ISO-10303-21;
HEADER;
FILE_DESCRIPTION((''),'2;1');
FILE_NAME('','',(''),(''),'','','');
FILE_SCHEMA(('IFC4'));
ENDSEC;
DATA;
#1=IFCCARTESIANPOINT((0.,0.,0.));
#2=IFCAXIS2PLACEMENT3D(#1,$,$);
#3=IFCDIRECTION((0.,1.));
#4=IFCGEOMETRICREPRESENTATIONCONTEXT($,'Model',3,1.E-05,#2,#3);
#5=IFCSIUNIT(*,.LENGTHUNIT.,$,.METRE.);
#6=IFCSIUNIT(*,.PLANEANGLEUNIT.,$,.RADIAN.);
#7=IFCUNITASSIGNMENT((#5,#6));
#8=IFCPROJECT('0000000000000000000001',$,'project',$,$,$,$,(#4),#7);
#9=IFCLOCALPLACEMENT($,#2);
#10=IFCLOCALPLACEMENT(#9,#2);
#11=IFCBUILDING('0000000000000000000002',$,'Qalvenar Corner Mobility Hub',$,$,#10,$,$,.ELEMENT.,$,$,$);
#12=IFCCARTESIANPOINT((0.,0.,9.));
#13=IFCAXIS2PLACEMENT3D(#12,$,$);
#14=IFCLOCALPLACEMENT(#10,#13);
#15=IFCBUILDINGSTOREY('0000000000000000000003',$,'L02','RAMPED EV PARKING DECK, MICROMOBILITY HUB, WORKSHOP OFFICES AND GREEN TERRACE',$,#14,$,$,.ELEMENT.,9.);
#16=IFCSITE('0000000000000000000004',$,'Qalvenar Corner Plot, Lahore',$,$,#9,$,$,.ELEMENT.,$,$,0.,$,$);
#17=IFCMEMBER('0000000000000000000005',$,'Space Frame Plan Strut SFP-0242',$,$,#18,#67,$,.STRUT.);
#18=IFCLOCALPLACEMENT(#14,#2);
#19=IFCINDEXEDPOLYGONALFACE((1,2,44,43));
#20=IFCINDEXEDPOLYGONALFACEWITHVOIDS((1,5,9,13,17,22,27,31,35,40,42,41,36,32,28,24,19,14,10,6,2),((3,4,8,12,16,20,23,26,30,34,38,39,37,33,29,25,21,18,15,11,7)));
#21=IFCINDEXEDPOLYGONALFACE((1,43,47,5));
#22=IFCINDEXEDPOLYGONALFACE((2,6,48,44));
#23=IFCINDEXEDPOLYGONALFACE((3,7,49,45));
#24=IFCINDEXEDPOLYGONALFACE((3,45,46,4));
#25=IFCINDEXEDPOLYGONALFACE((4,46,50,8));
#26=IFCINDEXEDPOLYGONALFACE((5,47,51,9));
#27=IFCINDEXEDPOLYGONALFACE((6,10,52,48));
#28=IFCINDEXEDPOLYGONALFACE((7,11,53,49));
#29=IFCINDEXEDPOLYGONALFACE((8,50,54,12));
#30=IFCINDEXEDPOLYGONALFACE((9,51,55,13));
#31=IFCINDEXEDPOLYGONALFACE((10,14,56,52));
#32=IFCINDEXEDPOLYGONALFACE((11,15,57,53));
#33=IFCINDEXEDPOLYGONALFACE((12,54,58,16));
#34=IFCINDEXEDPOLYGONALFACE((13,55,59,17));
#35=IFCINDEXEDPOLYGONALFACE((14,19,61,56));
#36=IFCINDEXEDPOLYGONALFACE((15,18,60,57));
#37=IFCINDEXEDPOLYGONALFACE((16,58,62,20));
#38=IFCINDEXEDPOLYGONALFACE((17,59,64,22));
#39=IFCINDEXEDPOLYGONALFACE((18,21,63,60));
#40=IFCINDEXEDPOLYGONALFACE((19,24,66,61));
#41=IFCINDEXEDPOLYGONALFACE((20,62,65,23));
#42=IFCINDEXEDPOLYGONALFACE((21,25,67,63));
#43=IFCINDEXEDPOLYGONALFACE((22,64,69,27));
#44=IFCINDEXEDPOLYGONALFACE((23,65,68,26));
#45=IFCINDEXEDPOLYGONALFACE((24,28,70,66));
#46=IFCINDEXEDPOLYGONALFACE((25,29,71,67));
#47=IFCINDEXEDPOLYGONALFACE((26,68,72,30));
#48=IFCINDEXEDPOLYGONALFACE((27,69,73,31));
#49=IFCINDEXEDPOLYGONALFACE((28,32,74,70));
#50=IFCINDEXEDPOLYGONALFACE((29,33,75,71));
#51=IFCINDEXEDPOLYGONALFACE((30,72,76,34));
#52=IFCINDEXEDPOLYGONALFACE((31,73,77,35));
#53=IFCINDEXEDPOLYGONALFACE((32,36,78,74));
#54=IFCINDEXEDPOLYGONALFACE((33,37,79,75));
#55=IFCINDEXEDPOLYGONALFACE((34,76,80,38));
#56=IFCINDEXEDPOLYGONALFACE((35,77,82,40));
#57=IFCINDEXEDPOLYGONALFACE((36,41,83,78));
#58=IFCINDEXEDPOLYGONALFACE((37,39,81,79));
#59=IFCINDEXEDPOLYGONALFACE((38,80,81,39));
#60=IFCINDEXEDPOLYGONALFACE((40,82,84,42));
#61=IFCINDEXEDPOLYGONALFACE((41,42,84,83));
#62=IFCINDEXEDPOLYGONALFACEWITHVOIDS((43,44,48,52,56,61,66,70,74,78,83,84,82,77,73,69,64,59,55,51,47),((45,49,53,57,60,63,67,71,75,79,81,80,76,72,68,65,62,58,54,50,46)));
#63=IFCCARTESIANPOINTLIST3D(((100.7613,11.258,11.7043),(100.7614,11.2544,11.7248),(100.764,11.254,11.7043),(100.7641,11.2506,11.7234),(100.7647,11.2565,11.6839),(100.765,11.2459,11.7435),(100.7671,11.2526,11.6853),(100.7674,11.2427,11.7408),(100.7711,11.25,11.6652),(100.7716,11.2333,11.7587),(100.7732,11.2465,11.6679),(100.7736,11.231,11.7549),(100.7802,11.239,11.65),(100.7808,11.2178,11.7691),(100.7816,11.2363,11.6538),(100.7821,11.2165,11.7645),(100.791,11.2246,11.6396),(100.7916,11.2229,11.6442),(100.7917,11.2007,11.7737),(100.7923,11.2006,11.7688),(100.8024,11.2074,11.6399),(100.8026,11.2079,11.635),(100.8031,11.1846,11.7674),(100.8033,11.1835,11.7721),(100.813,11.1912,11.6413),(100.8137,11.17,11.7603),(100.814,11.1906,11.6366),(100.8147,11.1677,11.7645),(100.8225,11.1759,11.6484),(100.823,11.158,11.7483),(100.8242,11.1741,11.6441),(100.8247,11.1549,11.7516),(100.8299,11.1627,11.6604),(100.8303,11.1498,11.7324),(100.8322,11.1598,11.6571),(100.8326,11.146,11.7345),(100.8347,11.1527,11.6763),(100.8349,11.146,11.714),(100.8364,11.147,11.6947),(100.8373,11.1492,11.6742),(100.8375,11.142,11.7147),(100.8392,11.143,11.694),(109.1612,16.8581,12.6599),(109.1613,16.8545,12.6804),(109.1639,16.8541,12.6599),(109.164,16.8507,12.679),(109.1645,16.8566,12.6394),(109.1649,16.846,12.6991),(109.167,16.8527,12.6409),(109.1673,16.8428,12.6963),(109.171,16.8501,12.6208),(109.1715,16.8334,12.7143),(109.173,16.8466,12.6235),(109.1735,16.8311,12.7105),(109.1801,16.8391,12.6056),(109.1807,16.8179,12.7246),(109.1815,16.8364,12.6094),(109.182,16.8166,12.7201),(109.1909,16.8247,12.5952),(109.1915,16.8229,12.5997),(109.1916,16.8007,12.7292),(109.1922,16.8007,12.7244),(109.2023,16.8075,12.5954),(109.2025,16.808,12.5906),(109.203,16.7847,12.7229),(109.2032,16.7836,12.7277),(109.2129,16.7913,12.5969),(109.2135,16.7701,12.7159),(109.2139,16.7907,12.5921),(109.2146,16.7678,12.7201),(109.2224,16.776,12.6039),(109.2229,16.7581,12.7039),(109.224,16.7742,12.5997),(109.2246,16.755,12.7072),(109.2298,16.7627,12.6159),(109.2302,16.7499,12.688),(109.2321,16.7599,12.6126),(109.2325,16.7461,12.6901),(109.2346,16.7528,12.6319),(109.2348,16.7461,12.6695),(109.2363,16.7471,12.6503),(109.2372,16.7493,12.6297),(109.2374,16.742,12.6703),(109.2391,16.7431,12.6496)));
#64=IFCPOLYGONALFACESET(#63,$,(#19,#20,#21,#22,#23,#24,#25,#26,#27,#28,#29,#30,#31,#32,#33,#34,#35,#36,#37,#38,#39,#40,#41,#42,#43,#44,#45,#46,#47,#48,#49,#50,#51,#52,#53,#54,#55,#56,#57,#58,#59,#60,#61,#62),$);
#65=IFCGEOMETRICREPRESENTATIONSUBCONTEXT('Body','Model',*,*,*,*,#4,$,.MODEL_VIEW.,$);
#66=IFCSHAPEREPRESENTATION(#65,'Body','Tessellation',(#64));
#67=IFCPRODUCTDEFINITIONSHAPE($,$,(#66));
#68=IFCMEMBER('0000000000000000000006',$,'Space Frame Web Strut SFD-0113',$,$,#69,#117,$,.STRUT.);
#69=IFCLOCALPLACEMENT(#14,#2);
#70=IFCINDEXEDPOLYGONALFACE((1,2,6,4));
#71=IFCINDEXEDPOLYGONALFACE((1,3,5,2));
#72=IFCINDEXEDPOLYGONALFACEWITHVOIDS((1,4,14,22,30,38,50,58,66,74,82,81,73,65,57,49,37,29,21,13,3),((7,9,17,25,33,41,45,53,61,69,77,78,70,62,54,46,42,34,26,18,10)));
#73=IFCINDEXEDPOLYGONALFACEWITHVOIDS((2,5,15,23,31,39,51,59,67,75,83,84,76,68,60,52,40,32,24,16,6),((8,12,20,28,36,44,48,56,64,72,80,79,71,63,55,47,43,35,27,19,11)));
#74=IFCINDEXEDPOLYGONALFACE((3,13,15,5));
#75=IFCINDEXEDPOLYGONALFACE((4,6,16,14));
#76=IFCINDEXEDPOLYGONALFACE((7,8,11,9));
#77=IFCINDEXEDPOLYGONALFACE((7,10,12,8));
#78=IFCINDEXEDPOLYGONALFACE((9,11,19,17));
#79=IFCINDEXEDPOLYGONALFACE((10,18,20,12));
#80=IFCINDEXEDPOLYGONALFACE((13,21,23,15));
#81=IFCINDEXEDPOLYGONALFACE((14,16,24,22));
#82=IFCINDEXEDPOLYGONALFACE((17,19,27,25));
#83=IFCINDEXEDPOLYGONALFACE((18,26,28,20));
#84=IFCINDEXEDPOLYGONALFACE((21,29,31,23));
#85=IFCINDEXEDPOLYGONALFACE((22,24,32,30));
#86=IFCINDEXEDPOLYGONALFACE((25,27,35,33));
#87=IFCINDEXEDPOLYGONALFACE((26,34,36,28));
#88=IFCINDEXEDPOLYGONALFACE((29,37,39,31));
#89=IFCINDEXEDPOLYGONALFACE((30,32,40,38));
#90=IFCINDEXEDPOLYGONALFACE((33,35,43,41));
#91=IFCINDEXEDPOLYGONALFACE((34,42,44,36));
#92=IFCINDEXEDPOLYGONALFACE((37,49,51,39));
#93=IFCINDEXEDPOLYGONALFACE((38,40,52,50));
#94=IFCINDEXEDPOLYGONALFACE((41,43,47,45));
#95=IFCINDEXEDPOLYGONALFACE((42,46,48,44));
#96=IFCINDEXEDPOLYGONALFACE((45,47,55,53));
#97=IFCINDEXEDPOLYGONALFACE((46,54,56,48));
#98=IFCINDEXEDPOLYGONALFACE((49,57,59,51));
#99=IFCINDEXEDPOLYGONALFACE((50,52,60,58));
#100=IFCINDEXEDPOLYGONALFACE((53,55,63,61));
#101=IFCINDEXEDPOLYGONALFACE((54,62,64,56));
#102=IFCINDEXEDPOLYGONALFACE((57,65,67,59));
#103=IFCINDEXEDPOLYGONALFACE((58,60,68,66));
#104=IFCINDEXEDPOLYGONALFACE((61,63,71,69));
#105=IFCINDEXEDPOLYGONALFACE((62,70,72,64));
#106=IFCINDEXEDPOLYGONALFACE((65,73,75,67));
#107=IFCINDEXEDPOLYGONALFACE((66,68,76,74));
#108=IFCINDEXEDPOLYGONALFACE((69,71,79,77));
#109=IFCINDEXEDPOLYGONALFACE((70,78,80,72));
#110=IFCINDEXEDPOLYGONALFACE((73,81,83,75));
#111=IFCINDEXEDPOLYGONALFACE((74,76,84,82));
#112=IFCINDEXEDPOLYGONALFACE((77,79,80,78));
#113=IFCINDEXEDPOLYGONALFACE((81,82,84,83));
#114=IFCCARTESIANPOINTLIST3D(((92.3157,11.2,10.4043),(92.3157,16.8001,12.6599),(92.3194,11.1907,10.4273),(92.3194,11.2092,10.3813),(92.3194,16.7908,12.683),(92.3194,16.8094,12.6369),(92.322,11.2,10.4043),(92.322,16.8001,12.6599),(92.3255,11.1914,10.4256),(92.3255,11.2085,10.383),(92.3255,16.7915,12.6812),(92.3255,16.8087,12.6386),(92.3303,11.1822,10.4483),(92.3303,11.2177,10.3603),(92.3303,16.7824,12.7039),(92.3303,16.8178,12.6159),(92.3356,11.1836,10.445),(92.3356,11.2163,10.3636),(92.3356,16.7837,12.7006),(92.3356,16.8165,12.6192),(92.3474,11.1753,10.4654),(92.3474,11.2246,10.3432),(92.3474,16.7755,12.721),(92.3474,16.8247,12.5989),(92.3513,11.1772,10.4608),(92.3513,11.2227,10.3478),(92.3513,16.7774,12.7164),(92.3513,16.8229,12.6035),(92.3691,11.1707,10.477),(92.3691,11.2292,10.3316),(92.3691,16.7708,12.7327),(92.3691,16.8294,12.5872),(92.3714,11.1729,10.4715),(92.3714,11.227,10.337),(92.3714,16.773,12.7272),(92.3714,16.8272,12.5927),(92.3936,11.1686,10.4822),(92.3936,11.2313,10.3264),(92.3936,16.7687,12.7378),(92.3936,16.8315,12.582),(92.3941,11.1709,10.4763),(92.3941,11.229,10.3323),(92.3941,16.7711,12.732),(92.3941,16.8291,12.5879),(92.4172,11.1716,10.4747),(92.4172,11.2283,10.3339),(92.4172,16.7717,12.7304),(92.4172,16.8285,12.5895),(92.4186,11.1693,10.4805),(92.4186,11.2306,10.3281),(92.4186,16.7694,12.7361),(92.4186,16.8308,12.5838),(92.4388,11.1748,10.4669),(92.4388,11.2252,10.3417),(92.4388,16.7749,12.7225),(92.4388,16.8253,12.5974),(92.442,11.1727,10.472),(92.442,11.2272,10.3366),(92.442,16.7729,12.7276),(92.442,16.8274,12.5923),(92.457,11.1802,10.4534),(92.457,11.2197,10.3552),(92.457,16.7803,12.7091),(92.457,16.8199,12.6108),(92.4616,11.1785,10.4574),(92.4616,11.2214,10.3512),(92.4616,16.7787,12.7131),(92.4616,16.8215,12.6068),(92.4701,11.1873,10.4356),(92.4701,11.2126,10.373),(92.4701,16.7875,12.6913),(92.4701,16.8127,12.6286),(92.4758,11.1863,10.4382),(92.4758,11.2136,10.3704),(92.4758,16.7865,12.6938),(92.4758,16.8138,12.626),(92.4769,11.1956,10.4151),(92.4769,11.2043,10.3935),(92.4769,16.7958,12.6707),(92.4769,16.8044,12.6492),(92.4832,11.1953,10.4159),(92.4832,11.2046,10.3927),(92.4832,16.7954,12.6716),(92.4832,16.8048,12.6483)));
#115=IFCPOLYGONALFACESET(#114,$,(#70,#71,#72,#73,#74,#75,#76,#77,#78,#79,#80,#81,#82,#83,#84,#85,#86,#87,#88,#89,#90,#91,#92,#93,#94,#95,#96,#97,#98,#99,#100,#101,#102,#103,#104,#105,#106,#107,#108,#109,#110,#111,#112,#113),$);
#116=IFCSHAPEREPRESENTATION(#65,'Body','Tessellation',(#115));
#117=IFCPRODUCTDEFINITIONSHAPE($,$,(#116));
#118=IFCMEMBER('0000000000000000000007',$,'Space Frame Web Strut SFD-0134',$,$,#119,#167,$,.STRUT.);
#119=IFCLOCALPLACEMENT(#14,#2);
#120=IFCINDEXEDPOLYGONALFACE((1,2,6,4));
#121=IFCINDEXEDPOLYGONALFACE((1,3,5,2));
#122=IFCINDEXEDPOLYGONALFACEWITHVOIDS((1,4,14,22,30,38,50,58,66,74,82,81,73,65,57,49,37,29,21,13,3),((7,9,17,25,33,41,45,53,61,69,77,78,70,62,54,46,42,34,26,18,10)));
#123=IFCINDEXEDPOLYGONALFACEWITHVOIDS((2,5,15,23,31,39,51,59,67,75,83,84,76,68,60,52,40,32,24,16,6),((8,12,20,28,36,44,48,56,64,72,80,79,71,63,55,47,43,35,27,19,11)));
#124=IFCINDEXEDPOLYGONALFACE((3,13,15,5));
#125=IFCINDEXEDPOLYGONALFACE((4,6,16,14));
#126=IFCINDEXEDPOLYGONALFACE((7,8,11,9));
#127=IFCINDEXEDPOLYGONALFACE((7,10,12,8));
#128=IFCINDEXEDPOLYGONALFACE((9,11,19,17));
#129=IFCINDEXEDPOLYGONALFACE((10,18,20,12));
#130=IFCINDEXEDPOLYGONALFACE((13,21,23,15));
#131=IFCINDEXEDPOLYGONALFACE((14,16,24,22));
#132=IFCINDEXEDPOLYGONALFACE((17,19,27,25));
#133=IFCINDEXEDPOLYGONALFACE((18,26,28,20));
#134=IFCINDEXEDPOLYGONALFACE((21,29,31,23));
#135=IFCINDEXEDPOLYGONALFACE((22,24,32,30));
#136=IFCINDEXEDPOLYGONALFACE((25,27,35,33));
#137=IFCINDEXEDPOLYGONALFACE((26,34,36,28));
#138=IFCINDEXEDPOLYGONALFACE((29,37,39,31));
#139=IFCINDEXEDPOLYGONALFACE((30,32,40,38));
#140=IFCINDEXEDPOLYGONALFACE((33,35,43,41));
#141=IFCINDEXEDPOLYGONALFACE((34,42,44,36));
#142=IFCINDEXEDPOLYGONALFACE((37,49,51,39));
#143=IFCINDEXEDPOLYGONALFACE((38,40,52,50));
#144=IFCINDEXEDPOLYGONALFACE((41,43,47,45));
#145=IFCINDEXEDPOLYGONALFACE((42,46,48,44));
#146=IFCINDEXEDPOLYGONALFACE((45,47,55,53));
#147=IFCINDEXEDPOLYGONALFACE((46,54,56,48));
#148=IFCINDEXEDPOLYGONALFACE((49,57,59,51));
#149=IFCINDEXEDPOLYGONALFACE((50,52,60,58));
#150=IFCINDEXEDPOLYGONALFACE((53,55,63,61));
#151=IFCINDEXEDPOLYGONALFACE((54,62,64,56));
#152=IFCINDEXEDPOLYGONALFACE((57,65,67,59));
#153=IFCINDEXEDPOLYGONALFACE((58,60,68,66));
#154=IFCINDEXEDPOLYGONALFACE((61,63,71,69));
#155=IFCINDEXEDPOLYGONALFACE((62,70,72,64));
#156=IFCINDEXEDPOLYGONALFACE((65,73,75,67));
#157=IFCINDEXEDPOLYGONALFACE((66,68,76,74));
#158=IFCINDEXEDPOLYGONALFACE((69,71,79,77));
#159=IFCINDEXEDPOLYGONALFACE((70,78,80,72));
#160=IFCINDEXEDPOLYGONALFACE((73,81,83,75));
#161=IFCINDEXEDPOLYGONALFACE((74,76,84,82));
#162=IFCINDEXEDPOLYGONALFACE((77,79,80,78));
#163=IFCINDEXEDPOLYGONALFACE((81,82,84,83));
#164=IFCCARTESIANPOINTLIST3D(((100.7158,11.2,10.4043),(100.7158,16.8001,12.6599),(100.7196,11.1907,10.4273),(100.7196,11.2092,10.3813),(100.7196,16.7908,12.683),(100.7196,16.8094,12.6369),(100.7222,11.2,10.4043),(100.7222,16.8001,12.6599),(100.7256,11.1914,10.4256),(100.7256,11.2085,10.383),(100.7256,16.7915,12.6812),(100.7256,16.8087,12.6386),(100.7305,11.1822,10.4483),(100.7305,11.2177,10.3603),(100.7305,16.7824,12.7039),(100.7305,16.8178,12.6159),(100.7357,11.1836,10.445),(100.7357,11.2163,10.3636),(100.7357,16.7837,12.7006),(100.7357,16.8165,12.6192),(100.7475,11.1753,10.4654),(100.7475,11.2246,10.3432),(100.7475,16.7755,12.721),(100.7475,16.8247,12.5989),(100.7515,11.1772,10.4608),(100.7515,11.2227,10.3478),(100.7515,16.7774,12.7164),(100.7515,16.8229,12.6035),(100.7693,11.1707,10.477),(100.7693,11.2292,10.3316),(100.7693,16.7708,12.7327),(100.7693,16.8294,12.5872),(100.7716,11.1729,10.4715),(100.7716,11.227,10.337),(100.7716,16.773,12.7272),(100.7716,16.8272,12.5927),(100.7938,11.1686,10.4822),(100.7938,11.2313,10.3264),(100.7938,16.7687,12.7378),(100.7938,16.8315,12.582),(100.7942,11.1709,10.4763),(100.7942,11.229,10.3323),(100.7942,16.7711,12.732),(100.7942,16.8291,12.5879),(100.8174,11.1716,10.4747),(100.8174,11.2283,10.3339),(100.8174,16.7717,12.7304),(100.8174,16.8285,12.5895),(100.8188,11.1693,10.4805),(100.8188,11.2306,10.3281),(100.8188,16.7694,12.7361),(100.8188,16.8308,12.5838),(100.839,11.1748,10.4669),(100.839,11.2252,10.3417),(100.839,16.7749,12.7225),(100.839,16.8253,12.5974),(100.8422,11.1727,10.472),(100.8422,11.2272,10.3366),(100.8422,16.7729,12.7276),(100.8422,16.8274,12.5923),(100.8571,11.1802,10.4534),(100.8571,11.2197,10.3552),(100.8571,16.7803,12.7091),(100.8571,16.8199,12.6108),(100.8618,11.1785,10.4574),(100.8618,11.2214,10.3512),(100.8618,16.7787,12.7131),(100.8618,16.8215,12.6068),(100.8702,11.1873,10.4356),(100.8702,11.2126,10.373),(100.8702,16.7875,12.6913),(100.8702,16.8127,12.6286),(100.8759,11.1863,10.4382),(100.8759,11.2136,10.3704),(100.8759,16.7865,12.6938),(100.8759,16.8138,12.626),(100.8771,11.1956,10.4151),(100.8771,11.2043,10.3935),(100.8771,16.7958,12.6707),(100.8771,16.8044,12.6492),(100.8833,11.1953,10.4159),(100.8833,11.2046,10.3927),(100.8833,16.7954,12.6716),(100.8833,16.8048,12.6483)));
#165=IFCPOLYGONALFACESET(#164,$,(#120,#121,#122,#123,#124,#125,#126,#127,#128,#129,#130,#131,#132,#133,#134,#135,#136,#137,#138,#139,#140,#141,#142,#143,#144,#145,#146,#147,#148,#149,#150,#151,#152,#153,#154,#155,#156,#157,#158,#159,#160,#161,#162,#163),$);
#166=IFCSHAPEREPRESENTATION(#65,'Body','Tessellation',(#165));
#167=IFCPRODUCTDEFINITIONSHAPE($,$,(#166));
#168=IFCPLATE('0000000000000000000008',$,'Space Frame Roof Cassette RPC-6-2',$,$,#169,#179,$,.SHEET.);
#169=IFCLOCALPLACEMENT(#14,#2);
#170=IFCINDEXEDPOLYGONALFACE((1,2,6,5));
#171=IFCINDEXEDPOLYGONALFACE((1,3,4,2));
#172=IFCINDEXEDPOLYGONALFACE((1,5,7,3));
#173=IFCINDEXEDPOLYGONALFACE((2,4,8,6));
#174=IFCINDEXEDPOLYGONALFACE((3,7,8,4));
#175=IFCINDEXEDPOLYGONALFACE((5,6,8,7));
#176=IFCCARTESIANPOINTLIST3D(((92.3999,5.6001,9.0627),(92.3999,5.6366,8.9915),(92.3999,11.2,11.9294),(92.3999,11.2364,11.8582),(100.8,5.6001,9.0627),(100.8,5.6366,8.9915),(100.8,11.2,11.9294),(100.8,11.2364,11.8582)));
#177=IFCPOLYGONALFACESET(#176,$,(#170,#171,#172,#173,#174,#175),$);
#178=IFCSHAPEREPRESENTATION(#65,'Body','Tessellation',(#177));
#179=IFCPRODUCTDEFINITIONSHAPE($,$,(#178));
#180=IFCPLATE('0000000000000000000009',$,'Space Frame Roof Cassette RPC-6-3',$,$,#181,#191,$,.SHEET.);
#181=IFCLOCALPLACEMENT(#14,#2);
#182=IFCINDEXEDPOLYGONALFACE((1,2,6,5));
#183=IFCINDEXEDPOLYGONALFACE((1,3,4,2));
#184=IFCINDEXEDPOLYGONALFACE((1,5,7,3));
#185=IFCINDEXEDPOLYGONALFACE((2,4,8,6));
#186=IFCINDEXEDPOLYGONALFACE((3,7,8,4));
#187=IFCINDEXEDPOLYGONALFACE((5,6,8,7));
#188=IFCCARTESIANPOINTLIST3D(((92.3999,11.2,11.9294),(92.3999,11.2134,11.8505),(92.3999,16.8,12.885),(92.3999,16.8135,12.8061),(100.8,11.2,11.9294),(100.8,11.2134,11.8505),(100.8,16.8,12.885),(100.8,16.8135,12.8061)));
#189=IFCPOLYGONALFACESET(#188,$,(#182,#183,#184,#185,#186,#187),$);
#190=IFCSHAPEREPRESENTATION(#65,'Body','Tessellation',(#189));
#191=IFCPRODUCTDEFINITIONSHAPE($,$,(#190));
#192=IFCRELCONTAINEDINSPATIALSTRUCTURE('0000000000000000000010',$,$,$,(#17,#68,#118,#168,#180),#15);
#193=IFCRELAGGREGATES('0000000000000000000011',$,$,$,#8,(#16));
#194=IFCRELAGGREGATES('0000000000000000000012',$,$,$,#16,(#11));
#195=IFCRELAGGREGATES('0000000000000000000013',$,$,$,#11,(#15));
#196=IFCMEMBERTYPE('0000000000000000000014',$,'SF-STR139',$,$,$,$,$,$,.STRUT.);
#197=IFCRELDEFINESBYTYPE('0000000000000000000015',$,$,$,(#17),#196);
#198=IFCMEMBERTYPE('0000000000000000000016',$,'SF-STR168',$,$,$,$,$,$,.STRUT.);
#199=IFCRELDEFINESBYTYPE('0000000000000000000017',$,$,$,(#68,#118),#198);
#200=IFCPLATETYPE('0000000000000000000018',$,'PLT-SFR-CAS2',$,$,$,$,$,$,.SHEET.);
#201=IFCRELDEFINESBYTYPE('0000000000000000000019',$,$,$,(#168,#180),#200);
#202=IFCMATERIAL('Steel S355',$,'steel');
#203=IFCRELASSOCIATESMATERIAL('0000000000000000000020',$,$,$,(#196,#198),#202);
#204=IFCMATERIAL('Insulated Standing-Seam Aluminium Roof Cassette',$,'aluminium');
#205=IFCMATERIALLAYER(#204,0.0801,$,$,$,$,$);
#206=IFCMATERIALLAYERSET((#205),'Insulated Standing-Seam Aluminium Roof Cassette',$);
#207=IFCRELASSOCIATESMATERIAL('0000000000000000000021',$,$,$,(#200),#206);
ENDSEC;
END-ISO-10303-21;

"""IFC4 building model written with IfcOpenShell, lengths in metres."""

from ifc_helpers import new_model, si_unit, direction, frame, origin, origin_2d, place, context, subcontext, project, spatial, polyline, hollow_circle, outline, extrude, material, layer, layer_set, material_profile, profile_set, type_object, element, save


model = new_model("IFC4")

# Units and contexts
model_context = context("Model", 3, precision=1e-05, world=origin(), true_north=direction((0.0, 1.0)))
body_context = subcontext(model_context, "Body", "Model", "MODEL_VIEW")
ifc_project = project(units=[si_unit("LENGTHUNIT", "METRE"), si_unit("PLANEANGLEUNIT", "RADIAN")], contexts=[model_context])

# Site, building, storey
site_placement = place(None, origin())
site = spatial("IfcSite", under=ifc_project, at=site_placement, Name="Qalvenar Corner Plot, Lahore", CompositionType="ELEMENT", RefElevation=0.0)
building_placement = place(site_placement, origin())
building = spatial("IfcBuilding", under=site, at=building_placement, Name="Qalvenar Corner Mobility Hub", CompositionType="ELEMENT")
storey_placement = place(building_placement, frame((0.0, 0.0, 9.0)))
storey = spatial("IfcBuildingStorey", under=building, at=storey_placement, Name="L02", Description="RAMPED EV PARKING DECK, MICROMOBILITY HUB, WORKSHOP OFFICES AND GREEN TERRACE", CompositionType="ELEMENT", Elevation=9.0)

# Members
ifc_material_1 = material(Name="Steel S355", Category="steel")
ifc_material_profile_1 = material_profile(ifc_material_1, hollow_circle(Radius=0.0698, WallThickness=0.0049, at=origin_2d()), Name="CHS139.7x5")
ifc_profile_set_1 = profile_set([ifc_material_profile_1], Name="Steel S355")
member_type_1 = type_object("IfcMemberType", Name="SF-STR139", PredefinedType="STRUT", material=ifc_profile_set_1)
member_1_placement = place(storey_placement, frame((100.8, 11.2, 11.7043), z_axis=(0.828341, 0.552243, 0.094231), x_axis=(-0.554711, 0.832043, 0.0)))
element("IfcMember", 1, at=member_1_placement, inside=storey, type_object=member_type_1, Name="Space Frame Plan Strut SFP-0242", PredefinedType="STRUT", context=body_context, shape_type="SweptSolid", body=[
    extrude(hollow_circle(Radius=0.0698, WallThickness=0.0049, at=origin_2d()), origin(), (0.0, 0.0, 1.0), 10.1406),
])
ifc_material_profile_2 = material_profile(ifc_material_1, hollow_circle(Radius=0.0842, WallThickness=0.0063, at=origin_2d()), Name="CHS168.3x6.3")
ifc_profile_set_2 = profile_set([ifc_material_profile_2], Name="Steel S355")
member_type_2 = type_object("IfcMemberType", Name="SF-STR168", PredefinedType="STRUT", material=ifc_profile_set_2)
for number, where, z_axis, x_axis, name in (
    (2, (92.3999, 11.2, 10.4043), (0.0, 0.927584, 0.373614), (-1.0, 0.0, 0.0), "Space Frame Web Strut SFD-0113"),
    (3, (100.8, 11.2, 10.4043), (0.0, 0.927584, 0.373614), (-1.0, 0.0, 0.0), "Space Frame Web Strut SFD-0134"),
):
    element("IfcMember", number, at=place(storey_placement, frame(where, z_axis=z_axis, x_axis=x_axis)), inside=storey, type_object=member_type_2, Name=name, PredefinedType="STRUT", context=body_context, shape_type="SweptSolid", body=[
        extrude(hollow_circle(Radius=0.0842, WallThickness=0.0063, at=origin_2d()), origin(), (0.0, 0.0, 1.0), 6.0374),
    ])

# Plates
ifc_material_2 = material(Name="Insulated Standing-Seam Aluminium Roof Cassette", Category="aluminium")
ifc_layer_1 = layer(ifc_material_2, 0.0801)
ifc_layer_set_1 = layer_set([ifc_layer_1], Name="Insulated Standing-Seam Aluminium Roof Cassette")
plate_type = type_object("IfcPlateType", Name="PLT-SFR-CAS2", PredefinedType="SHEET", material=ifc_layer_set_1)
plate_1_placement = place(storey_placement, frame((92.3999, 5.6001, 9.0627), z_axis=(0.0, -0.455685, 0.890141), x_axis=(1.0, 0.0, 0.0)))
element("IfcPlate", 4, at=plate_1_placement, inside=storey, type_object=plate_type, Name="Space Frame Roof Cassette RPC-6-2", PredefinedType="SHEET", context=body_context, shape_type="SweptSolid", body=[
    extrude(outline(polyline([(0.0, 0.0), (8.4001, 0.0), (8.4001, 6.291), (0.0, 6.291), (0.0, 0.0)])), origin(), (0.0, 0.0, -1.0), 0.0801),
])
plate_2_placement = place(storey_placement, frame((92.3999, 11.2, 11.9294), z_axis=(0.0, -0.168203, 0.985752), x_axis=(1.0, 0.0, 0.0)))
element("IfcPlate", 5, at=plate_2_placement, inside=storey, type_object=plate_type, Name="Space Frame Roof Cassette RPC-6-3", PredefinedType="SHEET", context=body_context, shape_type="SweptSolid", body=[
    extrude(outline(polyline([(0.0, 0.0), (8.4001, 0.0), (8.4001, 5.681), (0.0, 5.681), (0.0, 0.0)])), origin(), (0.0, 0.0, -1.0), 0.0801),
])

save(model, "model.ifc")
